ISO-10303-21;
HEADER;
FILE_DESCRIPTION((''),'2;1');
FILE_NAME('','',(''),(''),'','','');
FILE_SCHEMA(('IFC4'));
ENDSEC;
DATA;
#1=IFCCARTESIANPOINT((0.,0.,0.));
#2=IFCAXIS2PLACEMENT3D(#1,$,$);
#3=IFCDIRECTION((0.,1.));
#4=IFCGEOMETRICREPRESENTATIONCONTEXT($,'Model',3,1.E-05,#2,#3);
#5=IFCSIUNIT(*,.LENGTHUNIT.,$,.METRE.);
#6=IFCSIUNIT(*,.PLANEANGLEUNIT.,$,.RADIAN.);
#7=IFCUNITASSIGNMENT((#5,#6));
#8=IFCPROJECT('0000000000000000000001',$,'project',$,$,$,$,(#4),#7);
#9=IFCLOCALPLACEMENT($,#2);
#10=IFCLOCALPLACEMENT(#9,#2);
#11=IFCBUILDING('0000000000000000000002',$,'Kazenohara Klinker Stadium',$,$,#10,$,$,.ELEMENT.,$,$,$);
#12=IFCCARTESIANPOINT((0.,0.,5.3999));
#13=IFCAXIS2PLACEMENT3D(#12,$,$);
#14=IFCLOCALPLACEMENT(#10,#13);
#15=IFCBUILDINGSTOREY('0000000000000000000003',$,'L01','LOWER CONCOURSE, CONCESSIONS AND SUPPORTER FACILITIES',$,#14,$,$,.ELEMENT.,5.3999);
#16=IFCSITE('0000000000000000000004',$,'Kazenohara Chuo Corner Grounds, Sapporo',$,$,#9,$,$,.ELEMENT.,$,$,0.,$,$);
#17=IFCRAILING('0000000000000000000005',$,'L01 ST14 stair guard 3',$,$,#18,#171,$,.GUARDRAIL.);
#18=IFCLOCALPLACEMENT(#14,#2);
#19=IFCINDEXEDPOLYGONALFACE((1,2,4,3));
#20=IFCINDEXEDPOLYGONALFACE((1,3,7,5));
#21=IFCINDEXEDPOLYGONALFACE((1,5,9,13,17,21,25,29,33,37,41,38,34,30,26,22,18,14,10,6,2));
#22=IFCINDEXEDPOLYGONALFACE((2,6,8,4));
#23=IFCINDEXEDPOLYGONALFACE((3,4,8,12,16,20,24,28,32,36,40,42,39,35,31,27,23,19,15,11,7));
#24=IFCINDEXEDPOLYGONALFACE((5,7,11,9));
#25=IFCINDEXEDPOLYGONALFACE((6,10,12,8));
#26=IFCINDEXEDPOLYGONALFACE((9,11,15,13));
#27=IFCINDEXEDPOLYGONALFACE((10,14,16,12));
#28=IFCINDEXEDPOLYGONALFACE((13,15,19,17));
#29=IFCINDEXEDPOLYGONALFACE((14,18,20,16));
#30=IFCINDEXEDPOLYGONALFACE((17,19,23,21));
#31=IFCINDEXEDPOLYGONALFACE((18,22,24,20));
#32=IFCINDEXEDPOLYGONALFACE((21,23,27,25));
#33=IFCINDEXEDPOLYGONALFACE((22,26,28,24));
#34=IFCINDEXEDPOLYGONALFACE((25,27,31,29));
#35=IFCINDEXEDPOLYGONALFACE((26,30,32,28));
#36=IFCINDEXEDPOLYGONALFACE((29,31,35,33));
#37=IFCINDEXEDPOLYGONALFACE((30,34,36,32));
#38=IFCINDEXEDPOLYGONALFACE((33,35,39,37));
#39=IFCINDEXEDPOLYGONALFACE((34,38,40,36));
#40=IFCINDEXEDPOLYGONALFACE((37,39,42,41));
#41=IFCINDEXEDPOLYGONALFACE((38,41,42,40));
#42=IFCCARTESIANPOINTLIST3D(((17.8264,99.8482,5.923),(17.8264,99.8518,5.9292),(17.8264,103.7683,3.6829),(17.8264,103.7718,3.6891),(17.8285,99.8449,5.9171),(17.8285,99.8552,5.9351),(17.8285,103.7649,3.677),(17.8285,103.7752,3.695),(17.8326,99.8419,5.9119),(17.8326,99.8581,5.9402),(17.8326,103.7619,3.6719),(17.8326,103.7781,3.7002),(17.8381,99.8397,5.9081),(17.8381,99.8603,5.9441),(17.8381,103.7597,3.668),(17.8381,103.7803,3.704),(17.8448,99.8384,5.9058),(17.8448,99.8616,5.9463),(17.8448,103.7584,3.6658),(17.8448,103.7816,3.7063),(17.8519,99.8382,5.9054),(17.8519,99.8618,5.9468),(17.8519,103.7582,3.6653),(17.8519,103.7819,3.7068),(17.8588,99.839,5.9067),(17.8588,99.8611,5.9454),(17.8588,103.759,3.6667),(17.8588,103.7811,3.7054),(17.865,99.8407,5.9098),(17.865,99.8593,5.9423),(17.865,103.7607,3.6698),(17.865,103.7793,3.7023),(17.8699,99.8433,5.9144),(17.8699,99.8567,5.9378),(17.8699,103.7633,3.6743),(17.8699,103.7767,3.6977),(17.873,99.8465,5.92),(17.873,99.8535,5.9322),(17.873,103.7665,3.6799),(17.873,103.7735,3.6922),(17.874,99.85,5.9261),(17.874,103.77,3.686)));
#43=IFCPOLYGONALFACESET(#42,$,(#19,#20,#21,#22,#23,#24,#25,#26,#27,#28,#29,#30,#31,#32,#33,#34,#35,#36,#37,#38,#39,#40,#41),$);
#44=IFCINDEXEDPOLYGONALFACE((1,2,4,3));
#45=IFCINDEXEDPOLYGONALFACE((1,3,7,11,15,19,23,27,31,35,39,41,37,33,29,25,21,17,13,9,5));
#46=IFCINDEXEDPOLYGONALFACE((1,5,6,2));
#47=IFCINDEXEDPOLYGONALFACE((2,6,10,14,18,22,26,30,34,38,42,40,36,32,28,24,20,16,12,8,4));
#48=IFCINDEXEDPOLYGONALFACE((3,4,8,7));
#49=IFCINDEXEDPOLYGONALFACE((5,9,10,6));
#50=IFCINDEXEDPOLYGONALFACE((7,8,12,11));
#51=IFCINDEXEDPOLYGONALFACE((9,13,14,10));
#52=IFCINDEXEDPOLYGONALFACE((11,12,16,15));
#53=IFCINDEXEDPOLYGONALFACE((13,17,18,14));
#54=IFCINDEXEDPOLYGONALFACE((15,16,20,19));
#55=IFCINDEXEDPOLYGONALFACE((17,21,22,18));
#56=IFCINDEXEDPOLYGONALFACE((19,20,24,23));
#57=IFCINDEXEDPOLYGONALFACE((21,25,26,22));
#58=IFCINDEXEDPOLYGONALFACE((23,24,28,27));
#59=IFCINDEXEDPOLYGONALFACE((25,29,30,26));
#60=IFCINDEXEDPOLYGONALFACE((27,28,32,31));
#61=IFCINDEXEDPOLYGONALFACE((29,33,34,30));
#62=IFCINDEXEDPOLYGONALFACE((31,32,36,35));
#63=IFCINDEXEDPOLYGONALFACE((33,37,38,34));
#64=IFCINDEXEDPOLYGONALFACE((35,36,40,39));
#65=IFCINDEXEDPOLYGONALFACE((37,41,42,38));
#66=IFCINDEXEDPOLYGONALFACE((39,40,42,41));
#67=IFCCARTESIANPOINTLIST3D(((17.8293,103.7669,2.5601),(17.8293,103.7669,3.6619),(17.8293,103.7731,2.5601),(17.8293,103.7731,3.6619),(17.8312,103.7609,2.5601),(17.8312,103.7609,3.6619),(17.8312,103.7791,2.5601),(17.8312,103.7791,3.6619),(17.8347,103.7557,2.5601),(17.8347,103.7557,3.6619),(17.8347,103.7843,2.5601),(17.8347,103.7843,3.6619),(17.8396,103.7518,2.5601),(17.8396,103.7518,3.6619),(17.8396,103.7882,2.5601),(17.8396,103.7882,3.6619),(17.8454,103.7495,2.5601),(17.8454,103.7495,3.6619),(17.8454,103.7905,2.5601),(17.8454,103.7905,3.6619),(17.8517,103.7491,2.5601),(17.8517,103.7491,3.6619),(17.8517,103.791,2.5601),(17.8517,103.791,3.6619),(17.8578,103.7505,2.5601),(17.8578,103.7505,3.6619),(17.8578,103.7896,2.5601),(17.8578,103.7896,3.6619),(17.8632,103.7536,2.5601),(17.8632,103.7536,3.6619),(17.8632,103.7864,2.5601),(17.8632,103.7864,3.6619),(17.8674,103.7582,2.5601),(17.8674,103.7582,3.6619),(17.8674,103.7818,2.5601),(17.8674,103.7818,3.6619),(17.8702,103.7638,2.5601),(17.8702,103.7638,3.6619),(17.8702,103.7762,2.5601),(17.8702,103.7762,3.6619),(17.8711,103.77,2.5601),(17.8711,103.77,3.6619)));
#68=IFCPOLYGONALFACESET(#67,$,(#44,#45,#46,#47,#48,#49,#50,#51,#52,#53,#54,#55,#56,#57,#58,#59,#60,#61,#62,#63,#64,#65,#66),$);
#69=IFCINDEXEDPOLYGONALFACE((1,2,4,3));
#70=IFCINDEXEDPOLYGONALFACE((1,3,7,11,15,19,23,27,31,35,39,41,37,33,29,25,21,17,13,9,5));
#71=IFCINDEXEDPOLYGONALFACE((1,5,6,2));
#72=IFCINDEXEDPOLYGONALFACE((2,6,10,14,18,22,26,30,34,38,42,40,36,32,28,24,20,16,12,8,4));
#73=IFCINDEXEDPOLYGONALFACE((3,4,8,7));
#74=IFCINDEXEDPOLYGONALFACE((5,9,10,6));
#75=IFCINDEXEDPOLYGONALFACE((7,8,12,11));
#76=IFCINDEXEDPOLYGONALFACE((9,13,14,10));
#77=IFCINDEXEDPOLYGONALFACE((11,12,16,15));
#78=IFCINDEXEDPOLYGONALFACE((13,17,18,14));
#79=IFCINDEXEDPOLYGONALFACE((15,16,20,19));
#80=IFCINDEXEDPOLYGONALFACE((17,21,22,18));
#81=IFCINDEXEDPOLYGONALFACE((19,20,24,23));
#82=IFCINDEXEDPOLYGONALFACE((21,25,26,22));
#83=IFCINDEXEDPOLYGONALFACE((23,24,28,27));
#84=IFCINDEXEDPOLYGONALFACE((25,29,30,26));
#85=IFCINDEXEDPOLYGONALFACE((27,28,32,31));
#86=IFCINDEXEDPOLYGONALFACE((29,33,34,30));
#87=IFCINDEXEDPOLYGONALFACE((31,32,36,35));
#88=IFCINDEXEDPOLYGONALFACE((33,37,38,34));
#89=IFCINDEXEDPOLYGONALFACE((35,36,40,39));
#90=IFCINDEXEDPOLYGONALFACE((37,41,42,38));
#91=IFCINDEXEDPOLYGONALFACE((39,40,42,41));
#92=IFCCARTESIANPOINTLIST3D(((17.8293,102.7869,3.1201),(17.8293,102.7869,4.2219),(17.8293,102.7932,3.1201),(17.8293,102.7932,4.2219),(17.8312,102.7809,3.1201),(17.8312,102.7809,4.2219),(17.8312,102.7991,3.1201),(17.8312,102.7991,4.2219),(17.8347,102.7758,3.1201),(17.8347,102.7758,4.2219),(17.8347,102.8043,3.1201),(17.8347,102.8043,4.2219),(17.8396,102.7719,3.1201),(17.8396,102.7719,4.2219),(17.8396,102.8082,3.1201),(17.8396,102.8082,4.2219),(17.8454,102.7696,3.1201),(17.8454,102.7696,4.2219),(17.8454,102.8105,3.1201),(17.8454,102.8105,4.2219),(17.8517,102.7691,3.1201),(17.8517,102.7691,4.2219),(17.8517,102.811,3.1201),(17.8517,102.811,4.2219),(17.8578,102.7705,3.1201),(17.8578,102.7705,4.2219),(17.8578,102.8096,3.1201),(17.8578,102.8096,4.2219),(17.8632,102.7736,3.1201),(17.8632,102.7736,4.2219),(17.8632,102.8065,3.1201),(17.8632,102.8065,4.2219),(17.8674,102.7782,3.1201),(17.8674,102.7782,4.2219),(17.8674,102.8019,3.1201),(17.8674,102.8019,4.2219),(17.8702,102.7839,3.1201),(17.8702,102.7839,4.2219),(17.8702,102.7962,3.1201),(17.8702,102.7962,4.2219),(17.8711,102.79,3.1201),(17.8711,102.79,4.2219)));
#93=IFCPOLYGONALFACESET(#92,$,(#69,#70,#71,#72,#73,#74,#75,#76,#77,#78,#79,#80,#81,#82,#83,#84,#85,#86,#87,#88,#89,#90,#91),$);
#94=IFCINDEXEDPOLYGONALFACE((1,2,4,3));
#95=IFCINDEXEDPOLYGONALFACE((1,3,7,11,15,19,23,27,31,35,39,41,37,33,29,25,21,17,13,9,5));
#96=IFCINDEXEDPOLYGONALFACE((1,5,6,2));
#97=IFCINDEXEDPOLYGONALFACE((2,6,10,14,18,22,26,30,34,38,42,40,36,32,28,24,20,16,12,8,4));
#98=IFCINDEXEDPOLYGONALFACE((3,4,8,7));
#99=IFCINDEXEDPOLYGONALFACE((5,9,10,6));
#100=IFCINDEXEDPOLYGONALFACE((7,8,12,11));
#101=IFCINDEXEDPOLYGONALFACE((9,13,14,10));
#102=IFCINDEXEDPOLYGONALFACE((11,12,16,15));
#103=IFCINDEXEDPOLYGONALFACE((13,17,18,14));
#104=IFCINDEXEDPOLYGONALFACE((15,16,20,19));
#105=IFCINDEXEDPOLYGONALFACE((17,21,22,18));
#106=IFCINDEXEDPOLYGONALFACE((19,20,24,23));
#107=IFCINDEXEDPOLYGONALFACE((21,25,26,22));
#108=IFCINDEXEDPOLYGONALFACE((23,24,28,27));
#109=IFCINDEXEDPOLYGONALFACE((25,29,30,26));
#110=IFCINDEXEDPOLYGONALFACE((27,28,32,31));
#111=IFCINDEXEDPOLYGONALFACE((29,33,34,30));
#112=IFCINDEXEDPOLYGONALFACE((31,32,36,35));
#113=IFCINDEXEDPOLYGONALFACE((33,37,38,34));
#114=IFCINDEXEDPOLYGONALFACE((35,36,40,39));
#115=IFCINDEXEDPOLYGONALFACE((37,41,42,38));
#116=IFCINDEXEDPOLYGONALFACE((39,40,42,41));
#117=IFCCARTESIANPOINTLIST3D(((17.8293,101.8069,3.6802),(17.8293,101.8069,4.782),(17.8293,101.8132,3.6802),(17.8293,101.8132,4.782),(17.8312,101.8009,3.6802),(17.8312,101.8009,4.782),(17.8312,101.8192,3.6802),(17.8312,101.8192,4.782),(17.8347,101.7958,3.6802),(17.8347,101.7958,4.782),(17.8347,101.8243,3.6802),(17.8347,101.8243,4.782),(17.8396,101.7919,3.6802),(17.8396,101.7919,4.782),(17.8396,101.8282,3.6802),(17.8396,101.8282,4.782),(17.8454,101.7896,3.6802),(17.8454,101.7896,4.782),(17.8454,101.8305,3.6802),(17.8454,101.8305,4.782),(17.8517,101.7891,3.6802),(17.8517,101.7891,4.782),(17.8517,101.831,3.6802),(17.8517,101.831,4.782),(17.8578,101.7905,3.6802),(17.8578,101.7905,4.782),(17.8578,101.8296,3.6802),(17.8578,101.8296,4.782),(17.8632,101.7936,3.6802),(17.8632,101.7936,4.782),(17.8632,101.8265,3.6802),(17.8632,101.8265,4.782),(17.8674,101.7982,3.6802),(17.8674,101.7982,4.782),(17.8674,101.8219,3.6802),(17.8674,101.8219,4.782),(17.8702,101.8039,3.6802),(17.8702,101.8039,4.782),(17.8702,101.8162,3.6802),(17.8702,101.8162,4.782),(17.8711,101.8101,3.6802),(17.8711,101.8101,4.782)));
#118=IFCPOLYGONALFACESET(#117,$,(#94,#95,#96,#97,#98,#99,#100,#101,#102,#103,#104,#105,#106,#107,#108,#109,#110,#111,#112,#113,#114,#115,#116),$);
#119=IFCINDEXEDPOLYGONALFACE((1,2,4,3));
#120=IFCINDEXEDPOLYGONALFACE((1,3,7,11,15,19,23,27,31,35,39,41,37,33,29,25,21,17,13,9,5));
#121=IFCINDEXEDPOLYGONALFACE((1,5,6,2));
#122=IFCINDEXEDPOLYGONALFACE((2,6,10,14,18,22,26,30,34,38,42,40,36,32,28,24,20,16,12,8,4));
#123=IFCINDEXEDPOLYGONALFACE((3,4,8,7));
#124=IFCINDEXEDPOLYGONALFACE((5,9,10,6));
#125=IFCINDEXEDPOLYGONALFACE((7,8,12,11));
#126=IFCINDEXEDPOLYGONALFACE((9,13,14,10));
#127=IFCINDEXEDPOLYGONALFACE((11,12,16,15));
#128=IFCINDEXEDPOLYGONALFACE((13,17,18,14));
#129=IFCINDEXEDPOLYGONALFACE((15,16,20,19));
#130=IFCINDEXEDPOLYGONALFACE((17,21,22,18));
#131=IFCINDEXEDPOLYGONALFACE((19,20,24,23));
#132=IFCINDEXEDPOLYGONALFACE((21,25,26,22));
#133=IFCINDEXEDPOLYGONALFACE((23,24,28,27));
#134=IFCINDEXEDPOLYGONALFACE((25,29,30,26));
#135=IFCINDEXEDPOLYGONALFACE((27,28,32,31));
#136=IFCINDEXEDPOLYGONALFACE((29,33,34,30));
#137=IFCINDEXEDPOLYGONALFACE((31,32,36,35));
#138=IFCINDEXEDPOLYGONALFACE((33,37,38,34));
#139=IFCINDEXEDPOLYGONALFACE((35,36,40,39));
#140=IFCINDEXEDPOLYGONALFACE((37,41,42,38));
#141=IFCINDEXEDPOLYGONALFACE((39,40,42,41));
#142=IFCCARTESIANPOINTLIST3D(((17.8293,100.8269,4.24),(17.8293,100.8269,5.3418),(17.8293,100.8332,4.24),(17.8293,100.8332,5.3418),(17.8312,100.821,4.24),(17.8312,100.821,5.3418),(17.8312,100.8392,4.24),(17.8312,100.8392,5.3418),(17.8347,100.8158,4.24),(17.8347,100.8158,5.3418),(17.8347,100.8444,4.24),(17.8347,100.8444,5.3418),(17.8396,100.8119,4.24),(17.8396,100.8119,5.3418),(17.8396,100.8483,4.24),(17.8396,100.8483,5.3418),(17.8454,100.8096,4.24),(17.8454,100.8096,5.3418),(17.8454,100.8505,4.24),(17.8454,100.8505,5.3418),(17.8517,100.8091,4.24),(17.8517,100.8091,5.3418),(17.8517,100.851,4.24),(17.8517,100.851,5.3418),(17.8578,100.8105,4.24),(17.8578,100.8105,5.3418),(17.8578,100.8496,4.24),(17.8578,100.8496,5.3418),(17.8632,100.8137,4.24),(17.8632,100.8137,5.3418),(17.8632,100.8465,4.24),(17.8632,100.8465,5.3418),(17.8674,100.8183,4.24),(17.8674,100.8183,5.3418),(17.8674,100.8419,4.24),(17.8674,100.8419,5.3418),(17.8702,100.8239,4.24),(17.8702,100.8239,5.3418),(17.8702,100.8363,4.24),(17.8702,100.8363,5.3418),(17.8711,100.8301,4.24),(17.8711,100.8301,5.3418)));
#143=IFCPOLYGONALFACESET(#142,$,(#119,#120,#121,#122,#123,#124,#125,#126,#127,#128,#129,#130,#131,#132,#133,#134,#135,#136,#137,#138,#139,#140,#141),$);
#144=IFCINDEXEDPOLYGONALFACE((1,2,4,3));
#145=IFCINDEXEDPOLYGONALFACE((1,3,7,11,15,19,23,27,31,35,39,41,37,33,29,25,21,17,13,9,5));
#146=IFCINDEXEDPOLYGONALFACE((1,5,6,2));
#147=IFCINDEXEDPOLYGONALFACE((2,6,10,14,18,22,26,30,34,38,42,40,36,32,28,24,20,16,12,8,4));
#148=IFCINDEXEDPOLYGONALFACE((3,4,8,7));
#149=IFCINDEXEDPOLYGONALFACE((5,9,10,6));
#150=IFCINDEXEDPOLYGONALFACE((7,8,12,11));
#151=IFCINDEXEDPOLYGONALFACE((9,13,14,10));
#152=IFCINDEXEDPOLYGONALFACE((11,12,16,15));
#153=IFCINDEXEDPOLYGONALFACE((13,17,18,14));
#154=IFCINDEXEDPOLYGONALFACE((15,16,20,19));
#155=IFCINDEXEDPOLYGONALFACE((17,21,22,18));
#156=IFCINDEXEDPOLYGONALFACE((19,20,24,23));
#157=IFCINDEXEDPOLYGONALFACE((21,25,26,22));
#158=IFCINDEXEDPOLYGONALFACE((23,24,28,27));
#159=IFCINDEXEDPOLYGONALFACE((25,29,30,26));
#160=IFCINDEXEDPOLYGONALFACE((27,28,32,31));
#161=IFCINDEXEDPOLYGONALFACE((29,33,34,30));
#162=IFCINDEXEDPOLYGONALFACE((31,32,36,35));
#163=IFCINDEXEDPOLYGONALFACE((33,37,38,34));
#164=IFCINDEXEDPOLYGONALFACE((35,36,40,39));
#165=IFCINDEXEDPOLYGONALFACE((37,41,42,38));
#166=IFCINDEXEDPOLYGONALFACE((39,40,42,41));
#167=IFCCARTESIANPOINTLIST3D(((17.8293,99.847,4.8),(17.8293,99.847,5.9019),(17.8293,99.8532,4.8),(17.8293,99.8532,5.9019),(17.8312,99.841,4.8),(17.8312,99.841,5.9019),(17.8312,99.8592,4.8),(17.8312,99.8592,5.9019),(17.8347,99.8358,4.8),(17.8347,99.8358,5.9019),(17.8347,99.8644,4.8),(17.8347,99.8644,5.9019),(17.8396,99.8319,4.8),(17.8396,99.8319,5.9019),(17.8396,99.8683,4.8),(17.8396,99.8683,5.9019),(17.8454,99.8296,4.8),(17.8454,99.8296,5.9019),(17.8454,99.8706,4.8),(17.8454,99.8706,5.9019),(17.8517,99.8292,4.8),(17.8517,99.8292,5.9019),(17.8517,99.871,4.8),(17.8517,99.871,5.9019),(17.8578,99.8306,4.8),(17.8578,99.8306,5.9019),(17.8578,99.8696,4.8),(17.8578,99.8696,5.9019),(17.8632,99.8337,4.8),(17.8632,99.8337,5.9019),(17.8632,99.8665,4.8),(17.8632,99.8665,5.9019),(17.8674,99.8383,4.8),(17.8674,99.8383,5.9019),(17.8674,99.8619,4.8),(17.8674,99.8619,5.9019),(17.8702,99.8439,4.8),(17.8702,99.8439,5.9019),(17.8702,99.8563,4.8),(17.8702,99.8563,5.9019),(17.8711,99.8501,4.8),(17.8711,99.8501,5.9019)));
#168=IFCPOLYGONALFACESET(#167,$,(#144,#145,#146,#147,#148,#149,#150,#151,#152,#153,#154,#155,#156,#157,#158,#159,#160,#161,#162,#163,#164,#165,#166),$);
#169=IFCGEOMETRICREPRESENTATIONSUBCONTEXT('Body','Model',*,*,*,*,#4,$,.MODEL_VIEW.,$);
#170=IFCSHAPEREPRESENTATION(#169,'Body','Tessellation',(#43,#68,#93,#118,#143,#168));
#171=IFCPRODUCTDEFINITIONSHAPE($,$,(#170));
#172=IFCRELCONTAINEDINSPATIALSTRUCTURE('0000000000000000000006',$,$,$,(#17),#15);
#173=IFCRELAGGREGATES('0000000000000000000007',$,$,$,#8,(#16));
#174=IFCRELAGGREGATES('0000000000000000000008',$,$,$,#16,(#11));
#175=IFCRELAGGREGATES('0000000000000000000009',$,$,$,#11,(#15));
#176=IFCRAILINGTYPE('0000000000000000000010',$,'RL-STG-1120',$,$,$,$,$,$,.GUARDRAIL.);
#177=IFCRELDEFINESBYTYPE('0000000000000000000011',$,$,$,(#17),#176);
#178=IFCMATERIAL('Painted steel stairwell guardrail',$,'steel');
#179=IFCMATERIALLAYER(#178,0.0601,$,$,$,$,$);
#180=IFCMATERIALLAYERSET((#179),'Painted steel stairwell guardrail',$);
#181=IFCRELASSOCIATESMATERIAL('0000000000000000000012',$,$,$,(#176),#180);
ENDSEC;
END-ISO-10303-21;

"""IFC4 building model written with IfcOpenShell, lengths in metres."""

from ifc_helpers import new_model, si_unit, direction, frame, origin, origin_2d, place, context, subcontext, project, spatial, circle, extrude, material, layer, layer_set, type_object, element, save


model = new_model("IFC4")

# Units and contexts
model_context = context("Model", 3, precision=1e-05, world=origin(), true_north=direction((0.0, 1.0)))
body_context = subcontext(model_context, "Body", "Model", "MODEL_VIEW")
ifc_project = project(units=[si_unit("LENGTHUNIT", "METRE"), si_unit("PLANEANGLEUNIT", "RADIAN")], contexts=[model_context])

# Site, building, storey
site_placement = place(None, origin())
site = spatial("IfcSite", under=ifc_project, at=site_placement, Name="Kazenohara Chuo Corner Grounds, Sapporo", CompositionType="ELEMENT", RefElevation=0.0)
building_placement = place(site_placement, origin())
building = spatial("IfcBuilding", under=site, at=building_placement, Name="Kazenohara Klinker Stadium", CompositionType="ELEMENT")
storey_placement = place(building_placement, frame((0.0, 0.0, 5.3999)))
storey = spatial("IfcBuildingStorey", under=building, at=storey_placement, Name="L01", Description="LOWER CONCOURSE, CONCESSIONS AND SUPPORTER FACILITIES", CompositionType="ELEMENT", Elevation=5.3999)

# Railing
ifc_material_1 = material(Name="Painted steel stairwell guardrail", Category="steel")
ifc_layer_1 = layer(ifc_material_1, 0.0601)
ifc_layer_set_1 = layer_set([ifc_layer_1], Name="Painted steel stairwell guardrail")
railing_type_1 = type_object("IfcRailingType", Name="RL-STG-1120", PredefinedType="GUARDRAIL", material=ifc_layer_set_1)
railing_1_placement = place(storey_placement, frame((17.8501, 103.77, 2.5601)))
element("IfcRailing", 1, at=railing_1_placement, inside=storey, type_object=railing_type_1, Name="L01 ST14 stair guard 3", PredefinedType="GUARDRAIL", context=body_context, shape_type="SweptSolid", body=[
    extrude(circle(Radius=0.0239, at=origin_2d()), frame((0.0, 0.0, 1.126), z_axis=(0.0, -0.86824, 0.496145), x_axis=(1.0, 0.0, 0.0)), (0.0, 0.0, 1.0), 4.5149),
    extrude(circle(Radius=0.021, at=origin_2d()), origin(), (0.0, 0.0, 1.0), 1.1018),
    extrude(circle(Radius=0.021, at=origin_2d()), frame((0.0, -0.98, 0.5601)), (0.0, 0.0, 1.0), 1.1018),
    extrude(circle(Radius=0.021, at=origin_2d()), frame((0.0, -1.96, 1.1201)), (0.0, 0.0, 1.0), 1.1018),
    extrude(circle(Radius=0.021, at=origin_2d()), frame((0.0, -2.9399, 1.6799)), (0.0, 0.0, 1.0), 1.1018),
    extrude(circle(Radius=0.021, at=origin_2d()), frame((0.0, -3.9199, 2.24)), (0.0, 0.0, 1.0), 1.1018),
])

save(model, "model.ifc")
